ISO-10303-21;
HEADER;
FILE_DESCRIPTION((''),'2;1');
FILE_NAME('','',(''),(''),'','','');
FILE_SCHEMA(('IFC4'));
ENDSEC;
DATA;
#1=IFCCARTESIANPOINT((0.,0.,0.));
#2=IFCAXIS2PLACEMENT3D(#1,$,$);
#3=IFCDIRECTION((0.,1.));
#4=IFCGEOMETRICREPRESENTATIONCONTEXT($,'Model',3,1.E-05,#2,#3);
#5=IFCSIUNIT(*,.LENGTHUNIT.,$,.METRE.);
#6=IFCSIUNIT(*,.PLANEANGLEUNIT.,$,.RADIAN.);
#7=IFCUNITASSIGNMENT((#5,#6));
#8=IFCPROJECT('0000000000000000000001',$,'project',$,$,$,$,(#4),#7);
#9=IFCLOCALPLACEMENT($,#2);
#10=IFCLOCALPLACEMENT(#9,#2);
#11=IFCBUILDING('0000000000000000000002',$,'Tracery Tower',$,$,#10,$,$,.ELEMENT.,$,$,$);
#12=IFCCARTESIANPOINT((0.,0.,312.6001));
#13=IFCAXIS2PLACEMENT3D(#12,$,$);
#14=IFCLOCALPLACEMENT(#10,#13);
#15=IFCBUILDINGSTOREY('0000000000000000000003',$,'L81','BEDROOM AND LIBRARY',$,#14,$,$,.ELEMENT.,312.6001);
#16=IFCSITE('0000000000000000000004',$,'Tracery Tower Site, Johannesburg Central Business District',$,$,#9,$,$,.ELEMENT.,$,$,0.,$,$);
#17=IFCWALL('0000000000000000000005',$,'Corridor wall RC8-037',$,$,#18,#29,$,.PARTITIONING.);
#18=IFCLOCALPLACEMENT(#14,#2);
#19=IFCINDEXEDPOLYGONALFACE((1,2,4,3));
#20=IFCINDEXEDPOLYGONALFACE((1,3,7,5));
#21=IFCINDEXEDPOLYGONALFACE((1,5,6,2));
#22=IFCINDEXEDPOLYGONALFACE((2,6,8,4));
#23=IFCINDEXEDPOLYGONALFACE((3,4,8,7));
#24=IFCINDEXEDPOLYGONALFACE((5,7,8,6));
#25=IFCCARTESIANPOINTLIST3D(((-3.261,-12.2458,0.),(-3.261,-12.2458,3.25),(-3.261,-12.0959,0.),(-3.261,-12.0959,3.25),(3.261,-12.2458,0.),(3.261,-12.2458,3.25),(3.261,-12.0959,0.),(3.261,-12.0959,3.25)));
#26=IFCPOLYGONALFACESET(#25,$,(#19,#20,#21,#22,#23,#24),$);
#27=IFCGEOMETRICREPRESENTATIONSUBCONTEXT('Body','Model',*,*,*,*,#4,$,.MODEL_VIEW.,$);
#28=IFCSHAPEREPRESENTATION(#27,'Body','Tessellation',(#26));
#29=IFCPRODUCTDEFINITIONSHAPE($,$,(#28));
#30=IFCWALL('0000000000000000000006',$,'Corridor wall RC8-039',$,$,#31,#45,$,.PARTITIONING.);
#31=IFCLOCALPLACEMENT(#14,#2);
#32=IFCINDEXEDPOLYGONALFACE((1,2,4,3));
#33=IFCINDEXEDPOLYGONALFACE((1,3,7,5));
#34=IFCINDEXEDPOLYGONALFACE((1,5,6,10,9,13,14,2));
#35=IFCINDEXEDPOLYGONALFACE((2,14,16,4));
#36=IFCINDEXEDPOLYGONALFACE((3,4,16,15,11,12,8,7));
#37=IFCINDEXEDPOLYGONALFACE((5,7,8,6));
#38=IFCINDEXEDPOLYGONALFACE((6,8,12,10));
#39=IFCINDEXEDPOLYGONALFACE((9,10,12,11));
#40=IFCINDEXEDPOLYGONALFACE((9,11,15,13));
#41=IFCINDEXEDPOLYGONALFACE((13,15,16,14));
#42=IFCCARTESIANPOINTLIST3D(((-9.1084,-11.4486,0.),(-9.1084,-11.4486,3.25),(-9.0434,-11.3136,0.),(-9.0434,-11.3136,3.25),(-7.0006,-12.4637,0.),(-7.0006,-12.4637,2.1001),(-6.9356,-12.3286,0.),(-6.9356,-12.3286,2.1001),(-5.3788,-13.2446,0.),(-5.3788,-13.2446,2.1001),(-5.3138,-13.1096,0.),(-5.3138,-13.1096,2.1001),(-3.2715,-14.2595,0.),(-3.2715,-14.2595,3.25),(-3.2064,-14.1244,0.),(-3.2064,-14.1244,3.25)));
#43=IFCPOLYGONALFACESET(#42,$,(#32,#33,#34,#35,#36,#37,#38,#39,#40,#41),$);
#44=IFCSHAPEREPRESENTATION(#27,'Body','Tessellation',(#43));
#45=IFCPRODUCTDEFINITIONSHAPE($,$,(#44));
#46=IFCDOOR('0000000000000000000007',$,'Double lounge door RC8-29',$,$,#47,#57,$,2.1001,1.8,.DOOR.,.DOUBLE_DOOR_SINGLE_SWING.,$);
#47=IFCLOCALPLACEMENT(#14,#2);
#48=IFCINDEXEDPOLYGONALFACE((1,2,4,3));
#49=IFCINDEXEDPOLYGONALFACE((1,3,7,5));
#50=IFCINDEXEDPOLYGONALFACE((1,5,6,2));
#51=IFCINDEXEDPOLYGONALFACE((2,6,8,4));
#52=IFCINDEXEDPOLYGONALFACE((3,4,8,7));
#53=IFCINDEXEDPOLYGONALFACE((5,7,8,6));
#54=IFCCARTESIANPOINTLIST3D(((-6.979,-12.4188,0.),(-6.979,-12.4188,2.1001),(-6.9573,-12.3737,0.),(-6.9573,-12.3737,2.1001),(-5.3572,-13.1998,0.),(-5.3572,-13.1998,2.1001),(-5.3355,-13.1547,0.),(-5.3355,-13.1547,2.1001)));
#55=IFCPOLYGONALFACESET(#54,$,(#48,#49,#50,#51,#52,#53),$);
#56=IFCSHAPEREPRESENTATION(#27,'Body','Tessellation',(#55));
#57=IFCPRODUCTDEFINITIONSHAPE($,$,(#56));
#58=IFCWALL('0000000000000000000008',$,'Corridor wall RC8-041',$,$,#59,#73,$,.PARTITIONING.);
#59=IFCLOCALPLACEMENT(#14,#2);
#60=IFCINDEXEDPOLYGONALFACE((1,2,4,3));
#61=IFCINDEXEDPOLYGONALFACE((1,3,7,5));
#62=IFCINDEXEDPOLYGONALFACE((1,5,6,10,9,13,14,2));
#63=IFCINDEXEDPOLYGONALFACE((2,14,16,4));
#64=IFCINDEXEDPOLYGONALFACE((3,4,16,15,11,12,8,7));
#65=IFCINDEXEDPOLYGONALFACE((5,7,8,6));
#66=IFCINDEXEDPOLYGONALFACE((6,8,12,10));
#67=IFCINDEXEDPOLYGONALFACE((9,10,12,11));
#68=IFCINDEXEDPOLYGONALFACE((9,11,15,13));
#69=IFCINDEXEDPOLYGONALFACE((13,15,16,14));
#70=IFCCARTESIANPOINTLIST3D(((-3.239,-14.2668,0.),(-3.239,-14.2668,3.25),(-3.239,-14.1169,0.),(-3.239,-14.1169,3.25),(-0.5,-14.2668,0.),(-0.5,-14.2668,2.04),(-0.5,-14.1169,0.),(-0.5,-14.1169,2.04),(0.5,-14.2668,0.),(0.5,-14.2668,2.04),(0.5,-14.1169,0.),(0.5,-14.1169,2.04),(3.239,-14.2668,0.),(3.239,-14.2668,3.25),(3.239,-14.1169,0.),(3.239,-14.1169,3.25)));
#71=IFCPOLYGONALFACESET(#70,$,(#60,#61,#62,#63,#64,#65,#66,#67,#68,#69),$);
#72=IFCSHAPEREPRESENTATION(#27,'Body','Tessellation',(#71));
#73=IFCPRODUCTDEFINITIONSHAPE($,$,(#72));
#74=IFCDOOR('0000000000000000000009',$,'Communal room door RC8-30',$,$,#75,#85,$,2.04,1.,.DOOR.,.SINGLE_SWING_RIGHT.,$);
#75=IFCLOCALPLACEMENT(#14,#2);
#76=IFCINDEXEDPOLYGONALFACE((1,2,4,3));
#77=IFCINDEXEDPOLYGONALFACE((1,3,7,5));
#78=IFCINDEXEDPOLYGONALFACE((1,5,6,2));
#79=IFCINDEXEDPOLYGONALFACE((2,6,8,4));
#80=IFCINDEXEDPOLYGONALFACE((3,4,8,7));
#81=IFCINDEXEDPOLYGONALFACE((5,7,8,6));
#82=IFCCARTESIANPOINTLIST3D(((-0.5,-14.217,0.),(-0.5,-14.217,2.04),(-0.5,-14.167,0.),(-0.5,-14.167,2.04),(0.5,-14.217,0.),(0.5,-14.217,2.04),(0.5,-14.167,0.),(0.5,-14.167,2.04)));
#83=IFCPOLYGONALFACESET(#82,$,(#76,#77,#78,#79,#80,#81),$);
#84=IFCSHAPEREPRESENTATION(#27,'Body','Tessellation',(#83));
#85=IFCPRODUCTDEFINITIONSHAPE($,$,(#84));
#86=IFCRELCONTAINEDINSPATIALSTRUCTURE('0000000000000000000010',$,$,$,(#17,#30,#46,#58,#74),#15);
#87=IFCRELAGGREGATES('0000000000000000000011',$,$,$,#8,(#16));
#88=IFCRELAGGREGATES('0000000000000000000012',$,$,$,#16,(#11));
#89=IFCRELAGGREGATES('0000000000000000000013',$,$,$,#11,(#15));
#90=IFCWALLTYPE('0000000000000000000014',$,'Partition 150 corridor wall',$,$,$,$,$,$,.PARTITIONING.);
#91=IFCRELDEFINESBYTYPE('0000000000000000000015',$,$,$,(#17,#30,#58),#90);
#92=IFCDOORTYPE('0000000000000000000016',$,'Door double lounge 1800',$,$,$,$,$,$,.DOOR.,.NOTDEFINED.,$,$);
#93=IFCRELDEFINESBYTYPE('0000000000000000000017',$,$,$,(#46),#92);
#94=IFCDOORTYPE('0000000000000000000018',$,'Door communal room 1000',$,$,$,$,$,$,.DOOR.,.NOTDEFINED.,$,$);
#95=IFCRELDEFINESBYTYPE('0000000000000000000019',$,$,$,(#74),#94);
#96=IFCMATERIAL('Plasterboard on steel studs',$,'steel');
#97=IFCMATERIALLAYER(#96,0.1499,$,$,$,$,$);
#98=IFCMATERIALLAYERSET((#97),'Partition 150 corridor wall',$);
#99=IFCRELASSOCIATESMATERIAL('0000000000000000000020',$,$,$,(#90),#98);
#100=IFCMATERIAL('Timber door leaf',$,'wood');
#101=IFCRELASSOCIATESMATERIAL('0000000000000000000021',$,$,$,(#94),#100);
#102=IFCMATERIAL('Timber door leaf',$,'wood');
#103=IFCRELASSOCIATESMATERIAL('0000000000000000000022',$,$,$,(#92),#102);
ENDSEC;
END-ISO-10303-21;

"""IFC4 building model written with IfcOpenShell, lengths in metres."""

from ifc_helpers import new_model, si_unit, direction, frame, frame_2d, origin, place, context, subcontext, project, spatial, rectangle, extrude, material, layer, layer_set, type_object, element, fill, save


model = new_model("IFC4")

# Units and contexts
model_context = context("Model", 3, precision=1e-05, world=origin(), true_north=direction((0.0, 1.0)))
body_context = subcontext(model_context, "Body", "Model", "MODEL_VIEW")
ifc_project = project(units=[si_unit("LENGTHUNIT", "METRE"), si_unit("PLANEANGLEUNIT", "RADIAN")], contexts=[model_context])

# Site, building, storey
site_placement = place(None, origin())
site = spatial("IfcSite", under=ifc_project, at=site_placement, Name="Tracery Tower Site, Johannesburg Central Business District", CompositionType="ELEMENT", RefElevation=0.0)
building_placement = place(site_placement, origin())
building = spatial("IfcBuilding", under=site, at=building_placement, Name="Tracery Tower", CompositionType="ELEMENT")
storey_placement = place(building_placement, frame((0.0, 0.0, 312.6001)))
storey = spatial("IfcBuildingStorey", under=building, at=storey_placement, Name="L81", Description="BEDROOM AND LIBRARY", CompositionType="ELEMENT", Elevation=312.6001)

# Shared definitions
ifc_material_1 = material(Name="Plasterboard on steel studs", Category="steel")
ifc_layer_1 = layer(ifc_material_1, 0.1499)
ifc_layer_set_1 = layer_set([ifc_layer_1], Name="Partition 150 corridor wall")
wall_type_1 = type_object("IfcWallType", Name="Partition 150 corridor wall", PredefinedType="PARTITIONING", material=ifc_layer_set_1)
ifc_material_2 = material(Name="Timber door leaf", Category="wood")
door_type_1 = type_object("IfcDoorType", Name="Door communal room 1000", OperationType="NOTDEFINED", PredefinedType="DOOR", material=ifc_material_2)

# Wall
wall_1_placement = place(storey_placement, frame((-3.261, -12.1709, 0.0), z_axis=(0.0, 0.0, 1.0), x_axis=(1.0, 0.0, 0.0)))
element("IfcWall", 1, at=wall_1_placement, inside=storey, type_object=wall_type_1, Name="Corridor wall RC8-037", PredefinedType="PARTITIONING", context=body_context, shape_type="SweptSolid", body=[
    extrude(rectangle(XDim=6.522, YDim=0.1499, at=frame_2d((3.261, 0.0))), origin(), (0.0, 0.0, 1.0), 3.25),
])

# Walls, openings, doors
wall_2_placement = place(storey_placement, frame((-9.0759, -11.3811, 0.0), z_axis=(0.0, 0.0, 1.0), x_axis=(0.900976, -0.433869, 0.0)))
wall_2 = element("IfcWall", 2, at=wall_2_placement, inside=storey, type_object=wall_type_1, Name="Corridor wall RC8-039", PredefinedType="PARTITIONING", context=body_context, shape_type="SweptSolid", body=[
    extrude(rectangle(XDim=6.4785, YDim=0.1499, at=frame_2d((3.2393, 0.0))), origin(), (0.0, 0.0, 1.0), 3.25),
])
opening_1_placement = place(wall_2_placement, frame((2.3396, 0.0, 0.0)))
opening_1 = element("IfcOpeningElement", 3, at=opening_1_placement, cuts=wall_2, PredefinedType="OPENING", context=body_context, shape_type="SweptSolid", body=[
    extrude(rectangle(XDim=1.8, YDim=2.1001, at=frame_2d((0.8999, 1.05))), frame((0.0, 0.075, 0.0), z_axis=(0.0, -1.0, 0.0), x_axis=(1.0, 0.0, 0.0)), (0.0, 0.0, 1.0), 0.1499),
])
ifc_material_3 = material(Name="Timber door leaf", Category="wood")
door_type_2 = type_object("IfcDoorType", Name="Door double lounge 1800", OperationType="NOTDEFINED", PredefinedType="DOOR", material=ifc_material_3)
door_1_placement = place(opening_1_placement, origin())
door_1 = element("IfcDoor", 4, at=door_1_placement, inside=storey, type_object=door_type_2, Name="Double lounge door RC8-29", OperationType="DOUBLE_DOOR_SINGLE_SWING", OverallHeight=2.1001, OverallWidth=1.8, PredefinedType="DOOR", context=body_context, shape_type="SweptSolid", body=[
    extrude(rectangle(XDim=1.8, YDim=2.1001, at=frame_2d((0.8999, 1.05))), frame((0.0, 0.0249, 0.0), z_axis=(0.0, -1.0, 0.0), x_axis=(1.0, 0.0, 0.0)), (0.0, 0.0, 1.0), 0.05),
])
fill(opening_1, door_1)
wall_3_placement = place(storey_placement, frame((-3.239, -14.1919, 0.0), z_axis=(0.0, 0.0, 1.0), x_axis=(1.0, 0.0, 0.0)))
wall_3 = element("IfcWall", 5, at=wall_3_placement, inside=storey, type_object=wall_type_1, Name="Corridor wall RC8-041", PredefinedType="PARTITIONING", context=body_context, shape_type="SweptSolid", body=[
    extrude(rectangle(XDim=6.478, YDim=0.1499, at=frame_2d((3.239, 0.0))), origin(), (0.0, 0.0, 1.0), 3.25),
])
opening_2_placement = place(wall_3_placement, frame((2.739, 0.0, 0.0)))
opening_2 = element("IfcOpeningElement", 6, at=opening_2_placement, cuts=wall_3, PredefinedType="OPENING", context=body_context, shape_type="SweptSolid", body=[
    extrude(rectangle(XDim=1.0, YDim=2.04, at=frame_2d((0.5, 1.02))), frame((0.0, 0.075, 0.0), z_axis=(0.0, -1.0, 0.0), x_axis=(1.0, 0.0, 0.0)), (0.0, 0.0, 1.0), 0.1499),
])
door_2_placement = place(opening_2_placement, origin())
door_2 = element("IfcDoor", 7, at=door_2_placement, inside=storey, type_object=door_type_1, Name="Communal room door RC8-30", OperationType="SINGLE_SWING_RIGHT", OverallHeight=2.04, OverallWidth=1.0, PredefinedType="DOOR", context=body_context, shape_type="SweptSolid", body=[
    extrude(rectangle(XDim=1.0, YDim=2.04, at=frame_2d((0.5, 1.02))), frame((0.0, 0.0249, 0.0), z_axis=(0.0, -1.0, 0.0), x_axis=(1.0, 0.0, 0.0)), (0.0, 0.0, 1.0), 0.05),
])
fill(opening_2, door_2)

save(model, "model.ifc")
